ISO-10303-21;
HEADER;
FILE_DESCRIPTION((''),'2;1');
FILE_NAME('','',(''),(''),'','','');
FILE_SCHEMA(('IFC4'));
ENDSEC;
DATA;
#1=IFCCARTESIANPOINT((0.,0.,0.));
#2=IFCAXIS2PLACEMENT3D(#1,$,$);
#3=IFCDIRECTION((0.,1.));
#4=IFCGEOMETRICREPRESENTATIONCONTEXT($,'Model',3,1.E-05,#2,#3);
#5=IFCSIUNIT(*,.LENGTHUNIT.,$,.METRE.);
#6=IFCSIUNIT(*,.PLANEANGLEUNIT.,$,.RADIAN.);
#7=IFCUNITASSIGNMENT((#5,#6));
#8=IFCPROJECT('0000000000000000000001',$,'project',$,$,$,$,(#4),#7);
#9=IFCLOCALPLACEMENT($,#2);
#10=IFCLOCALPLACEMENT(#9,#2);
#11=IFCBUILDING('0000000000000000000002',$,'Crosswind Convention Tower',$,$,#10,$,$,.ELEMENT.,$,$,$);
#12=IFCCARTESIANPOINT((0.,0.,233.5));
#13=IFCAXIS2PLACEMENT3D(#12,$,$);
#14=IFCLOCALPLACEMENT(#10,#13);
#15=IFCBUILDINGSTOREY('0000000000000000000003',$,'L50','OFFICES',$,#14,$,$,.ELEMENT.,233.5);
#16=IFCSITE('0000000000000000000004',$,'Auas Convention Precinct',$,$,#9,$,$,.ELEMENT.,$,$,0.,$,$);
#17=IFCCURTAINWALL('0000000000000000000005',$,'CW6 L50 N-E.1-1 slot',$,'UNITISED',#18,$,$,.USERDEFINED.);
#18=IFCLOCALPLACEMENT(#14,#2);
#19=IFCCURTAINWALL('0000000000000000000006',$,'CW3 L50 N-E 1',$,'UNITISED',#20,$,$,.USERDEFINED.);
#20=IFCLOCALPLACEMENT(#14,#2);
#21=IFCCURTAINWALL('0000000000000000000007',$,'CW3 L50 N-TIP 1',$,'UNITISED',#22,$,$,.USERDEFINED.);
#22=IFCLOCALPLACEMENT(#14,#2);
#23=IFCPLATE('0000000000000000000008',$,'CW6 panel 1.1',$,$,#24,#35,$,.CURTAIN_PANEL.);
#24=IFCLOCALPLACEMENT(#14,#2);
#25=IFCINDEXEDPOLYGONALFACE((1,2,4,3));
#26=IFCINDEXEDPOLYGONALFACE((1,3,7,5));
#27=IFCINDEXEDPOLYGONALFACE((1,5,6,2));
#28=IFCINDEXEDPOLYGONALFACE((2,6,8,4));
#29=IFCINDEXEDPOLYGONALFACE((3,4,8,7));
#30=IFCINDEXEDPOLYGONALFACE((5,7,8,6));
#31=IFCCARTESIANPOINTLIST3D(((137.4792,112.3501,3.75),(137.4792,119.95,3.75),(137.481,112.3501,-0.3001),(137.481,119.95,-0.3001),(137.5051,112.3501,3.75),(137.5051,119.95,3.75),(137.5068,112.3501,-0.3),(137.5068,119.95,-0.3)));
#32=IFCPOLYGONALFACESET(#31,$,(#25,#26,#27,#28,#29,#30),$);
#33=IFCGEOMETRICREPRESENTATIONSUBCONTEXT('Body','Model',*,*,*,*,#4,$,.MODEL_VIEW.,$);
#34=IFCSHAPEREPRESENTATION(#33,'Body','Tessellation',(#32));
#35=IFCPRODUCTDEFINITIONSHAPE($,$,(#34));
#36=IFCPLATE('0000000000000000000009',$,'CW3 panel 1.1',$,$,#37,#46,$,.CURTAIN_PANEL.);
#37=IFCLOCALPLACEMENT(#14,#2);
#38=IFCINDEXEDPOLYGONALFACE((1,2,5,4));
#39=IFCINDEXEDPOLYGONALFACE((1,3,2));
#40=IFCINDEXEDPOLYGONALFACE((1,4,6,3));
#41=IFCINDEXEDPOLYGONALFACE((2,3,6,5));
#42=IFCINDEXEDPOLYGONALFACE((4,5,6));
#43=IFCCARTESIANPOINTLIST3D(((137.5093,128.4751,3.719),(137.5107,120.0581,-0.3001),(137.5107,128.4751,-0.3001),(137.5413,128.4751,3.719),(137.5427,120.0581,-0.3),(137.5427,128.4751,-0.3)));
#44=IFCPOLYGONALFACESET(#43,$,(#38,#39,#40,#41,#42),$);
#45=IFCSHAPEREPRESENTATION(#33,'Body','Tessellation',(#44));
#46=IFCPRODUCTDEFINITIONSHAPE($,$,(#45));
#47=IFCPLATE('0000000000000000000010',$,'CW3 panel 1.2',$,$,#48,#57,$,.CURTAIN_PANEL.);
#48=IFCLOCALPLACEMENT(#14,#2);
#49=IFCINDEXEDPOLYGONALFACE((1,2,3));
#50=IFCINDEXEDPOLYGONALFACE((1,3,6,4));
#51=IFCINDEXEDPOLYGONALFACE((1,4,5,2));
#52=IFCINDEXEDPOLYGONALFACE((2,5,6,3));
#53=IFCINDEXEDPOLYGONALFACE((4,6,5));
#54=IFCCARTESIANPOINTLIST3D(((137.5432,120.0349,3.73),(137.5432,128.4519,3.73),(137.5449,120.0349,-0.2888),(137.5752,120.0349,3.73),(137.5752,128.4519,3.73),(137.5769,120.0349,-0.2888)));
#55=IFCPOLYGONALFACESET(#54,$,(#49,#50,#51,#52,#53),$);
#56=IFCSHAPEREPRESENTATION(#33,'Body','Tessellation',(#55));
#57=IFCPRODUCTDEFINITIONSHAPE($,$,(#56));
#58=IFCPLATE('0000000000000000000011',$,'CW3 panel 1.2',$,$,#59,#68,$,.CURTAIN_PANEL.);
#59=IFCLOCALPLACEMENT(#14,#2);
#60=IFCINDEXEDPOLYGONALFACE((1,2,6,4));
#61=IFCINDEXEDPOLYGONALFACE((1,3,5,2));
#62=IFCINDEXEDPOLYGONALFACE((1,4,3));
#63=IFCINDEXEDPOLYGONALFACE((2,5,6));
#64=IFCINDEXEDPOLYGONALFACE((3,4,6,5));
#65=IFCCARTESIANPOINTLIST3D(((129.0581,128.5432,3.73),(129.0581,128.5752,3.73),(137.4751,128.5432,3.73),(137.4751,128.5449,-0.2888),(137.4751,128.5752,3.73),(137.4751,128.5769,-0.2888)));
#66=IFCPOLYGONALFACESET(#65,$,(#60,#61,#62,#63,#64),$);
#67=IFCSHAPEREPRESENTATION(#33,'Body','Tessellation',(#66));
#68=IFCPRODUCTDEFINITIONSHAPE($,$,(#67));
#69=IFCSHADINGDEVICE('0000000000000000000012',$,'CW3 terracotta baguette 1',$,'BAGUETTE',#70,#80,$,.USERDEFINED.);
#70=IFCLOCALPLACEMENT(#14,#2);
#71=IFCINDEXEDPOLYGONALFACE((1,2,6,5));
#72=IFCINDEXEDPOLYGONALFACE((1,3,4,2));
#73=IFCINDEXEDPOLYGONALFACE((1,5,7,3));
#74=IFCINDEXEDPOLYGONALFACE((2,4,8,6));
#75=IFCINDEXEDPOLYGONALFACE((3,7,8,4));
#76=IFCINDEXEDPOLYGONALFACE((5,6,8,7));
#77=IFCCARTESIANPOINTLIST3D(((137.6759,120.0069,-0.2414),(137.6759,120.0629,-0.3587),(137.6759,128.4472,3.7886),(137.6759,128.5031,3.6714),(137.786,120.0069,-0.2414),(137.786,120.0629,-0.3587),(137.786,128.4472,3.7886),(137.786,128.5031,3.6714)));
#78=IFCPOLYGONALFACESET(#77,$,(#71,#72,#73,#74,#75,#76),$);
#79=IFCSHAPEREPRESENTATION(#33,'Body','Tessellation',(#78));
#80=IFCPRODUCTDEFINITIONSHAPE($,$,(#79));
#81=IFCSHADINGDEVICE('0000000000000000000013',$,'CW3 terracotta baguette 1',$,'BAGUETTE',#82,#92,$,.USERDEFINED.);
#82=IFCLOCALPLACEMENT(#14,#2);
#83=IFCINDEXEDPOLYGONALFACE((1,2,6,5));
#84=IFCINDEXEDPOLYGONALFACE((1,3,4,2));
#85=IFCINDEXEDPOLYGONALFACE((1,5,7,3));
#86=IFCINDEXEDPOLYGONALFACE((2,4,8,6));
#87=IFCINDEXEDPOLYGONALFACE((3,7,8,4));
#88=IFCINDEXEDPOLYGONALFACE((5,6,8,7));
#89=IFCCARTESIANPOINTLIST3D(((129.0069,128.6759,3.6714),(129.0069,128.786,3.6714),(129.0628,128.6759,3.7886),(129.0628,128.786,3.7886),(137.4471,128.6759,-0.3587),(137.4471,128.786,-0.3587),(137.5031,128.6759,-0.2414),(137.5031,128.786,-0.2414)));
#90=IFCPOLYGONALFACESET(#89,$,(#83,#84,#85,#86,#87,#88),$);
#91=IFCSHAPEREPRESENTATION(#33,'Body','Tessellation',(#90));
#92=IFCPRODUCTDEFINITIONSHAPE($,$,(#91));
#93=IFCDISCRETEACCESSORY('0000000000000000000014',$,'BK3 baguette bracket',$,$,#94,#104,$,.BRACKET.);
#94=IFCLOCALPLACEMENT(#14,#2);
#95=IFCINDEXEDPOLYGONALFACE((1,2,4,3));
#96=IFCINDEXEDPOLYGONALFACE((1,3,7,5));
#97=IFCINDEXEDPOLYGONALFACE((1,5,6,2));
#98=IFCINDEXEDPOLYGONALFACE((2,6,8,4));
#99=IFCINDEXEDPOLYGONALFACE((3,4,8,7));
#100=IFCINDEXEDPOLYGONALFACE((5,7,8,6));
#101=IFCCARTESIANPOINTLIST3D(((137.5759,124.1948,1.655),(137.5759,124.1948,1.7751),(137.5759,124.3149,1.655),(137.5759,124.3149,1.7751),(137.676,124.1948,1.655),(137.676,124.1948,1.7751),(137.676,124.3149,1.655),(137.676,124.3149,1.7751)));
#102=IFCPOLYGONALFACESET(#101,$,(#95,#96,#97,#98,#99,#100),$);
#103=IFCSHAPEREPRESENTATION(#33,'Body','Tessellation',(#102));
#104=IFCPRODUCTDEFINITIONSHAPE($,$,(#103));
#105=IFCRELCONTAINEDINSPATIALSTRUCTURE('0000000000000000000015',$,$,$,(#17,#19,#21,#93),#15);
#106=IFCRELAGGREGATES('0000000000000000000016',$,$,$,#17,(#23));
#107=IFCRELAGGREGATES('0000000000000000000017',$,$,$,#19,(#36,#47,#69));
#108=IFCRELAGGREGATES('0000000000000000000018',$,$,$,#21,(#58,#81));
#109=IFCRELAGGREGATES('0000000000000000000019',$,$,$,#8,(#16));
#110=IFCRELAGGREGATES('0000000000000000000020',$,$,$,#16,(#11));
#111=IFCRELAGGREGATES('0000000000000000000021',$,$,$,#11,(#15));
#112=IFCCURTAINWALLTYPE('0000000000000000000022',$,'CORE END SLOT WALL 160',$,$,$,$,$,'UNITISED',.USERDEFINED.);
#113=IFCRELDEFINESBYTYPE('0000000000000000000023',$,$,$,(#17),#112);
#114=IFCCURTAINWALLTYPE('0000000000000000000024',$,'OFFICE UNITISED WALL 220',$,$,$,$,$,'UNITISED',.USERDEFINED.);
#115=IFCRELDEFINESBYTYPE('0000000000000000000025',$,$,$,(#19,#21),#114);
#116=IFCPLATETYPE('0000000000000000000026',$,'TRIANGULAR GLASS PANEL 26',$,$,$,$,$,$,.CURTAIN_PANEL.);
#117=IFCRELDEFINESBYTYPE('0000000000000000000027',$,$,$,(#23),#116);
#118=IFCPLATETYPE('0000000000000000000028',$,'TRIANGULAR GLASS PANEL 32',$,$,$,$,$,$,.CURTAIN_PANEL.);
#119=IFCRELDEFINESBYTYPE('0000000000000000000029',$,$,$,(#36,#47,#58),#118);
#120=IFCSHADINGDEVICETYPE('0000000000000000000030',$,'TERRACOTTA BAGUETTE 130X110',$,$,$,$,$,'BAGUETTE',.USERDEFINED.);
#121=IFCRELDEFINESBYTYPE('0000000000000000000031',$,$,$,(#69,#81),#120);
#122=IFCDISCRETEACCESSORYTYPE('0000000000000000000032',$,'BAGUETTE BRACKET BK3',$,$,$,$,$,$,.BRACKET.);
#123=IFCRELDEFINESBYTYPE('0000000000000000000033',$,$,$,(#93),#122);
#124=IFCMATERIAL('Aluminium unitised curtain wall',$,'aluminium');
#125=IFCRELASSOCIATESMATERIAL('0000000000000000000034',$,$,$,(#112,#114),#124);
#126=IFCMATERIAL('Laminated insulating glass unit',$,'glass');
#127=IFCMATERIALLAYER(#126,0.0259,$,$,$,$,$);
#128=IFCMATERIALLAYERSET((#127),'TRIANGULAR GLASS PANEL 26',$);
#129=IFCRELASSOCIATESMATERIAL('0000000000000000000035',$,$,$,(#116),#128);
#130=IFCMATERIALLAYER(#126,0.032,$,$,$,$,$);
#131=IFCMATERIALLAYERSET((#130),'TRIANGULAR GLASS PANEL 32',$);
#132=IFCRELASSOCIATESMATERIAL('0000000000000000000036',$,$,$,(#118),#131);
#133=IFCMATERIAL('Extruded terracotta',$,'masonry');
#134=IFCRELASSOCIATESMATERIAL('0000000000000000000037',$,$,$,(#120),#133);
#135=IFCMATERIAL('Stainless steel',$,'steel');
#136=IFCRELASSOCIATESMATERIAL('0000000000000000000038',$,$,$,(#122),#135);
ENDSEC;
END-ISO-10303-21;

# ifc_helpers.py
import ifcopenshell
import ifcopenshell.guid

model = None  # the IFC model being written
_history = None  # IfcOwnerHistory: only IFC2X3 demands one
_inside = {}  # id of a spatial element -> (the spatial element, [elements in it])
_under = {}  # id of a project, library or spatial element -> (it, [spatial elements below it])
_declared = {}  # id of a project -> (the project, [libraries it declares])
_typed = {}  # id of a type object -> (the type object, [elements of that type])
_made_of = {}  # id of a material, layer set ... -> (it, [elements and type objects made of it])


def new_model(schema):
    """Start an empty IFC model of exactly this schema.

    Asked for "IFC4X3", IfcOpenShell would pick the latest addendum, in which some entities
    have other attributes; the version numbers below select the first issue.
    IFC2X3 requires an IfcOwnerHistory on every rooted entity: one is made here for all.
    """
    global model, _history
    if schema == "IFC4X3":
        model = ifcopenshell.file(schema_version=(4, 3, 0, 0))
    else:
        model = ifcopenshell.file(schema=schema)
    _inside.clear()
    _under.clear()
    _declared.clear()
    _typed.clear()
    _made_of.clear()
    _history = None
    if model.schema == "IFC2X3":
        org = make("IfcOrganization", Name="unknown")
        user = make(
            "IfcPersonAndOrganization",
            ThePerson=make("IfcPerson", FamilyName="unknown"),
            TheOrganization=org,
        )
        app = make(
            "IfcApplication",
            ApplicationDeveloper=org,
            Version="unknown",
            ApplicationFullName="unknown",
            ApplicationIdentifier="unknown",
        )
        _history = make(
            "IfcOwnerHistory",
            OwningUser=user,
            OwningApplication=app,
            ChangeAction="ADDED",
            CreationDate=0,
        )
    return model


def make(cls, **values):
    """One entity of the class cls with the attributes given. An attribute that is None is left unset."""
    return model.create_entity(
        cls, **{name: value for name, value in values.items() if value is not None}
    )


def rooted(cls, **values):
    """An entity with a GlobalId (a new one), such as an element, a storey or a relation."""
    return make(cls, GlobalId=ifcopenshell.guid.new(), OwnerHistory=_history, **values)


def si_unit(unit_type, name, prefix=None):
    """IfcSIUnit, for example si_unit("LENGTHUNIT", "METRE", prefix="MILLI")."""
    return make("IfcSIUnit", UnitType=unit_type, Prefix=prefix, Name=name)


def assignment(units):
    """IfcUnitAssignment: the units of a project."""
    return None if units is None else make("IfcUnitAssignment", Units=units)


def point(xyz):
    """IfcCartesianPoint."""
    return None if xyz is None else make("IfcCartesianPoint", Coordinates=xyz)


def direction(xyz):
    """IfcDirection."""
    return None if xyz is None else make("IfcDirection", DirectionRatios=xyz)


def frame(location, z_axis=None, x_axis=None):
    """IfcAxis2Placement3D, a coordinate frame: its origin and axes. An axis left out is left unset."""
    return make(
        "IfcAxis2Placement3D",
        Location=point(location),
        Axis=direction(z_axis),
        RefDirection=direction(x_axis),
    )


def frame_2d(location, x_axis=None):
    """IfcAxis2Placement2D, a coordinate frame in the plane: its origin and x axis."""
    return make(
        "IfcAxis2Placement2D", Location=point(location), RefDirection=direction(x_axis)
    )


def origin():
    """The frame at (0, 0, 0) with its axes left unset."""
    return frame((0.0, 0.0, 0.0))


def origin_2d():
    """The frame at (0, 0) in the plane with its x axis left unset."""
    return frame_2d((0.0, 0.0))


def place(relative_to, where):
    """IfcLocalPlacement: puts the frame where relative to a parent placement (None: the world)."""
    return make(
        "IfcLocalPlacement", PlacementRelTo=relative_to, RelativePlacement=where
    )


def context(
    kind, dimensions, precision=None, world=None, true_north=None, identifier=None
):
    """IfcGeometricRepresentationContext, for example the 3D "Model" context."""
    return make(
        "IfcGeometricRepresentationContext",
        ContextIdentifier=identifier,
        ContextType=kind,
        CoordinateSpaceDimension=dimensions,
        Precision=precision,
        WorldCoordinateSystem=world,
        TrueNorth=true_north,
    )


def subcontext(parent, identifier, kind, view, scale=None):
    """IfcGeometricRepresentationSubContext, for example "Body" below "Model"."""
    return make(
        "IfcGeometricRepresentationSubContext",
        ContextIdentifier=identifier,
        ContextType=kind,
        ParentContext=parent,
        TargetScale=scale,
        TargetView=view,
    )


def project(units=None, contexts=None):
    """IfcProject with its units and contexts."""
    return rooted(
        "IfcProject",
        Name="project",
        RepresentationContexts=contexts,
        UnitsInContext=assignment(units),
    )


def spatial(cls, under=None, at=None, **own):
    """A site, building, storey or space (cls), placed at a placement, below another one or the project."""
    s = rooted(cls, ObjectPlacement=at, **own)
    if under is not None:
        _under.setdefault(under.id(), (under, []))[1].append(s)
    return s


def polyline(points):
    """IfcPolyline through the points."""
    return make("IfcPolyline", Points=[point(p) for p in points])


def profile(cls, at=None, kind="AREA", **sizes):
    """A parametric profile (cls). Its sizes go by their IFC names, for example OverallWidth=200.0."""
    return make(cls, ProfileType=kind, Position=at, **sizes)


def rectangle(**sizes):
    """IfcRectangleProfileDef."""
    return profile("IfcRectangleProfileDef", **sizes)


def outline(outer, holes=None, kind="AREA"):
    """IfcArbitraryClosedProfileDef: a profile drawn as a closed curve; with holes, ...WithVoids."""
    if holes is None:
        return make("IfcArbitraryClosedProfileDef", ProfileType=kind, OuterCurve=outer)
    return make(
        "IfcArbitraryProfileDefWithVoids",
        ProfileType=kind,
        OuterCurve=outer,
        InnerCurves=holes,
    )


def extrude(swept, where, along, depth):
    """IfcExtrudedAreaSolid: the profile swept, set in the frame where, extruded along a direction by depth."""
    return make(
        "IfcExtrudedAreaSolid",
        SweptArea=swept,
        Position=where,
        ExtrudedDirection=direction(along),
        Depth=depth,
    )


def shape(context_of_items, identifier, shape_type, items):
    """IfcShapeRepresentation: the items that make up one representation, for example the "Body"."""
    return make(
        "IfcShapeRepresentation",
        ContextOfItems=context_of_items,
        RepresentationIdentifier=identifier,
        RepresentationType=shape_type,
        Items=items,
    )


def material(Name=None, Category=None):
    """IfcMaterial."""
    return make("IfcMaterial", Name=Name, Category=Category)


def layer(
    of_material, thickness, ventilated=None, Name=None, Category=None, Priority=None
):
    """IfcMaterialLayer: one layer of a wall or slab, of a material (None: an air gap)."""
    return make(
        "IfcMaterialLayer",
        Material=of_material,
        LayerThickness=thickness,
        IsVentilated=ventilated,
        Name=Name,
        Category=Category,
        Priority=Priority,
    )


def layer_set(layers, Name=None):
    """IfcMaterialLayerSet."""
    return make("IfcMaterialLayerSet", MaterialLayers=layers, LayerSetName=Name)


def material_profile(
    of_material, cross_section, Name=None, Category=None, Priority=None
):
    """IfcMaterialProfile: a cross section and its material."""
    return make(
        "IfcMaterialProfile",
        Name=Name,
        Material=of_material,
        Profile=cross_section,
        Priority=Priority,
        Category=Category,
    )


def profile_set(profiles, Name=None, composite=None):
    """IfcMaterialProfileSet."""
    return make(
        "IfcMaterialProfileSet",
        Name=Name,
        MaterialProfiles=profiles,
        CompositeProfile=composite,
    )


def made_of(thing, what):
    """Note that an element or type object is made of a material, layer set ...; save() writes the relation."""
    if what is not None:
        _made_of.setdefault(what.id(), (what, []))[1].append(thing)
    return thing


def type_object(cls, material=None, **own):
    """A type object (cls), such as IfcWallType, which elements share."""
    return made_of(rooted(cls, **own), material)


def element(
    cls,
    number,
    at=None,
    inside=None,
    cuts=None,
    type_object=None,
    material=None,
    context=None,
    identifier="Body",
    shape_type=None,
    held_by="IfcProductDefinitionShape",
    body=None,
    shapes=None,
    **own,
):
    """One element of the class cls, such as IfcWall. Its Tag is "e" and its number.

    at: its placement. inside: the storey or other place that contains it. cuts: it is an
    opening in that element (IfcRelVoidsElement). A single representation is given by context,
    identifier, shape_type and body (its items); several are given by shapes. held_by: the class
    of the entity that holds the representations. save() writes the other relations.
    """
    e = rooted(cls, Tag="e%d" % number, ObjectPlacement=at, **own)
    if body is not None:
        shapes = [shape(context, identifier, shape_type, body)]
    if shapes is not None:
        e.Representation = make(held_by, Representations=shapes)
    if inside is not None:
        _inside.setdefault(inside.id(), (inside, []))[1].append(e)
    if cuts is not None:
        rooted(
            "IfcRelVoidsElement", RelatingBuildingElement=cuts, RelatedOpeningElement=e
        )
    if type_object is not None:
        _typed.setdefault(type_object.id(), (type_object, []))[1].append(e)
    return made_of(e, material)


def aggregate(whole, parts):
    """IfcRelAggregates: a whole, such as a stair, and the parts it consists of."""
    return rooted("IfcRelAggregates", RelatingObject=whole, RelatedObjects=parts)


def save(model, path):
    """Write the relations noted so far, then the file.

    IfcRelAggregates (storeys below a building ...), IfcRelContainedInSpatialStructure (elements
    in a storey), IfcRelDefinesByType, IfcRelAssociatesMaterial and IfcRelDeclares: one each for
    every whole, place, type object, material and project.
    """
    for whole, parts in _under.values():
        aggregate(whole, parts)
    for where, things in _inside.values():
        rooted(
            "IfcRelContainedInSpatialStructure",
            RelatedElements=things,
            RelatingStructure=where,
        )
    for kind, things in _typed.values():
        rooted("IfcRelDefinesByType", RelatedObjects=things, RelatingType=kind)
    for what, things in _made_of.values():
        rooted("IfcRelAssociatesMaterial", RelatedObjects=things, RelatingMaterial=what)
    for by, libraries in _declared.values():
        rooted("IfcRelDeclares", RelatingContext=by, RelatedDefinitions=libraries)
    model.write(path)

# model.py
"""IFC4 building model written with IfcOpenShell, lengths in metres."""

from ifc_helpers import new_model, si_unit, direction, frame, origin, origin_2d, place, context, subcontext, project, spatial, polyline, rectangle, outline, extrude, material, layer, layer_set, material_profile, profile_set, type_object, element, aggregate, save


model = new_model("IFC4")

# Units and contexts
model_context = context("Model", 3, precision=1e-05, world=origin(), true_north=direction((0.0, 1.0)))
body_context = subcontext(model_context, "Body", "Model", "MODEL_VIEW")
ifc_project = project(units=[si_unit("LENGTHUNIT", "METRE"), si_unit("PLANEANGLEUNIT", "RADIAN")], contexts=[model_context])

# Site, building, storey
site_placement = place(None, origin())
site = spatial("IfcSite", under=ifc_project, at=site_placement, Name="Auas Convention Precinct", CompositionType="ELEMENT", RefElevation=0.0)
building_placement = place(site_placement, origin())
building = spatial("IfcBuilding", under=site, at=building_placement, Name="Crosswind Convention Tower", CompositionType="ELEMENT")
storey_placement = place(building_placement, frame((0.0, 0.0, 233.5)))
storey = spatial("IfcBuildingStorey", under=building, at=storey_placement, Name="L50", Description="OFFICES", CompositionType="ELEMENT", Elevation=233.5)

# Curtain walls
ifc_material_1 = material(Name="Aluminium unitised curtain wall", Category="aluminium")
curtain_wall_type_1 = type_object("IfcCurtainWallType", Name="CORE END SLOT WALL 160", ElementType="UNITISED", PredefinedType="USERDEFINED", material=ifc_material_1)
curtain_wall_1_placement = place(storey_placement, origin())
curtain_wall_1 = element("IfcCurtainWall", 1, at=curtain_wall_1_placement, inside=storey, type_object=curtain_wall_type_1, Name="CW6 L50 N-E.1-1 slot", ObjectType="UNITISED", PredefinedType="USERDEFINED")
curtain_wall_type_2 = type_object("IfcCurtainWallType", Name="OFFICE UNITISED WALL 220", ElementType="UNITISED", PredefinedType="USERDEFINED", material=ifc_material_1)
curtain_wall_2_placement = place(storey_placement, origin())
curtain_wall_2 = element("IfcCurtainWall", 2, at=curtain_wall_2_placement, inside=storey, type_object=curtain_wall_type_2, Name="CW3 L50 N-E 1", ObjectType="UNITISED", PredefinedType="USERDEFINED")

# Curtain wall
curtain_wall_3_placement = place(storey_placement, origin())
curtain_wall_3 = element("IfcCurtainWall", 3, at=curtain_wall_3_placement, inside=storey, type_object=curtain_wall_type_2, Name="CW3 L50 N-TIP 1", ObjectType="UNITISED", PredefinedType="USERDEFINED")

# Plates
ifc_material_2 = material(Name="Laminated insulating glass unit", Category="glass")
ifc_layer_1 = layer(ifc_material_2, 0.0259)
ifc_layer_set_1 = layer_set([ifc_layer_1], Name="TRIANGULAR GLASS PANEL 26")
plate_type_1 = type_object("IfcPlateType", Name="TRIANGULAR GLASS PANEL 26", PredefinedType="CURTAIN_PANEL", material=ifc_layer_set_1)
plate_1_placement = place(storey_placement, frame((137.5068, 112.3501, -0.3), z_axis=(1.0, 0.0, 0.000422), x_axis=(0.0, 1.0, 0.0)))
plate_1 = element("IfcPlate", 4, at=plate_1_placement, type_object=plate_type_1, Name="CW6 panel 1.1", PredefinedType="CURTAIN_PANEL", context=body_context, shape_type="SweptSolid", body=[
    extrude(outline(polyline([(0.0, 0.0), (7.5999, 0.0), (7.5999, 4.05), (0.0, 4.05), (0.0, 0.0)])), origin(), (0.0, 0.0, -1.0), 0.0259),
])
aggregate(curtain_wall_1, [plate_1])
ifc_layer_2 = layer(ifc_material_2, 0.032)
ifc_layer_set_2 = layer_set([ifc_layer_2], Name="TRIANGULAR GLASS PANEL 32")
plate_type_2 = type_object("IfcPlateType", Name="TRIANGULAR GLASS PANEL 32", PredefinedType="CURTAIN_PANEL", material=ifc_layer_set_2)
plate_2_placement = place(storey_placement, frame((137.5427, 128.4751, -0.3), z_axis=(1.0, 0.0, 0.000364), x_axis=(-0.000364, 0.0, 1.0)))
plate_2 = element("IfcPlate", 5, at=plate_2_placement, type_object=plate_type_2, Name="CW3 panel 1.1", PredefinedType="CURTAIN_PANEL", context=body_context, shape_type="SweptSolid", body=[
    extrude(outline(polyline([(0.0, 0.0), (4.019, 0.0), (0.0, 8.417), (0.0, 0.0)])), origin(), (0.0, 0.0, -1.0), 0.032),
])
plate_3_placement = place(storey_placement, frame((137.5752, 120.0349, 3.73), z_axis=(1.0, 0.0, 0.000425), x_axis=(0.000425, 0.0, -1.0)))
plate_3 = element("IfcPlate", 6, at=plate_3_placement, type_object=plate_type_2, Name="CW3 panel 1.2", PredefinedType="CURTAIN_PANEL", context=body_context, shape_type="SweptSolid", body=[
    extrude(outline(polyline([(0.0, 0.0), (4.0188, 0.0), (0.0, 8.417), (0.0, 0.0)])), origin(), (0.0, 0.0, -1.0), 0.032),
])
plate_4_placement = place(storey_placement, frame((137.4751, 128.5752, 3.73), z_axis=(0.0, 1.0, 0.000425), x_axis=(0.0, 0.000425, -1.0)))
plate_4 = element("IfcPlate", 7, at=plate_4_placement, type_object=plate_type_2, Name="CW3 panel 1.2", PredefinedType="CURTAIN_PANEL", context=body_context, shape_type="SweptSolid", body=[
    extrude(outline(polyline([(0.0, 0.0), (4.0188, 0.0), (0.0, 8.417), (0.0, 0.0)])), origin(), (0.0, 0.0, -1.0), 0.032),
])

# Shading devices
ifc_material_3 = material(Name="Extruded terracotta", Category="masonry")
ifc_material_profile_1 = material_profile(ifc_material_3, rectangle(XDim=0.1101, YDim=0.1299, at=origin_2d()), Name="TC 110X130")
ifc_profile_set_1 = profile_set([ifc_material_profile_1], Name="Extruded terracotta")
shading_device_type = type_object("IfcShadingDeviceType", Name="TERRACOTTA BAGUETTE 130X110", ElementType="BAGUETTE", PredefinedType="USERDEFINED", material=ifc_profile_set_1)
shading_device_1_placement = place(storey_placement, frame((137.731, 120.0349, -0.3), z_axis=(0.0, 0.902408, 0.430883), x_axis=(-1.0, 0.0, 0.0)))
shading_device_1 = element("IfcShadingDevice", 8, at=shading_device_1_placement, type_object=shading_device_type, Name="CW3 terracotta baguette 1", ObjectType="BAGUETTE", PredefinedType="USERDEFINED", context=body_context, shape_type="SweptSolid", body=[
    extrude(rectangle(XDim=0.1101, YDim=0.1299, at=origin_2d()), origin(), (0.0, 0.0, 1.0), 9.353),
])
aggregate(curtain_wall_2, [plate_2, plate_3, shading_device_1])
shading_device_2_placement = place(storey_placement, frame((137.4751, 128.731, -0.3), z_axis=(-0.902408, 0.0, 0.430883), x_axis=(0.0, -1.0, 0.0)))
shading_device_2 = element("IfcShadingDevice", 9, at=shading_device_2_placement, type_object=shading_device_type, Name="CW3 terracotta baguette 1", ObjectType="BAGUETTE", PredefinedType="USERDEFINED", context=body_context, shape_type="SweptSolid", body=[
    extrude(rectangle(XDim=0.1101, YDim=0.1299, at=origin_2d()), origin(), (0.0, 0.0, 1.0), 9.353),
])
aggregate(curtain_wall_3, [plate_4, shading_device_2])

# Discrete accessory
ifc_material_4 = material(Name="Stainless steel", Category="steel")
discrete_accessory_type = type_object("IfcDiscreteAccessoryType", Name="BAGUETTE BRACKET BK3", PredefinedType="BRACKET", material=ifc_material_4)
discrete_accessory_placement = place(storey_placement, frame((137.626, 124.2549, 1.655), z_axis=(0.0, 0.0, 1.0), x_axis=(0.0, 1.0, 0.0)))
element("IfcDiscreteAccessory", 10, at=discrete_accessory_placement, inside=storey, type_object=discrete_accessory_type, Name="BK3 baguette bracket", PredefinedType="BRACKET", context=body_context, shape_type="SweptSolid", body=[
    extrude(rectangle(XDim=0.1201, YDim=0.1001, at=origin_2d()), origin(), (0.0, 0.0, 1.0), 0.1201),
])

save(model, "model.ifc")
